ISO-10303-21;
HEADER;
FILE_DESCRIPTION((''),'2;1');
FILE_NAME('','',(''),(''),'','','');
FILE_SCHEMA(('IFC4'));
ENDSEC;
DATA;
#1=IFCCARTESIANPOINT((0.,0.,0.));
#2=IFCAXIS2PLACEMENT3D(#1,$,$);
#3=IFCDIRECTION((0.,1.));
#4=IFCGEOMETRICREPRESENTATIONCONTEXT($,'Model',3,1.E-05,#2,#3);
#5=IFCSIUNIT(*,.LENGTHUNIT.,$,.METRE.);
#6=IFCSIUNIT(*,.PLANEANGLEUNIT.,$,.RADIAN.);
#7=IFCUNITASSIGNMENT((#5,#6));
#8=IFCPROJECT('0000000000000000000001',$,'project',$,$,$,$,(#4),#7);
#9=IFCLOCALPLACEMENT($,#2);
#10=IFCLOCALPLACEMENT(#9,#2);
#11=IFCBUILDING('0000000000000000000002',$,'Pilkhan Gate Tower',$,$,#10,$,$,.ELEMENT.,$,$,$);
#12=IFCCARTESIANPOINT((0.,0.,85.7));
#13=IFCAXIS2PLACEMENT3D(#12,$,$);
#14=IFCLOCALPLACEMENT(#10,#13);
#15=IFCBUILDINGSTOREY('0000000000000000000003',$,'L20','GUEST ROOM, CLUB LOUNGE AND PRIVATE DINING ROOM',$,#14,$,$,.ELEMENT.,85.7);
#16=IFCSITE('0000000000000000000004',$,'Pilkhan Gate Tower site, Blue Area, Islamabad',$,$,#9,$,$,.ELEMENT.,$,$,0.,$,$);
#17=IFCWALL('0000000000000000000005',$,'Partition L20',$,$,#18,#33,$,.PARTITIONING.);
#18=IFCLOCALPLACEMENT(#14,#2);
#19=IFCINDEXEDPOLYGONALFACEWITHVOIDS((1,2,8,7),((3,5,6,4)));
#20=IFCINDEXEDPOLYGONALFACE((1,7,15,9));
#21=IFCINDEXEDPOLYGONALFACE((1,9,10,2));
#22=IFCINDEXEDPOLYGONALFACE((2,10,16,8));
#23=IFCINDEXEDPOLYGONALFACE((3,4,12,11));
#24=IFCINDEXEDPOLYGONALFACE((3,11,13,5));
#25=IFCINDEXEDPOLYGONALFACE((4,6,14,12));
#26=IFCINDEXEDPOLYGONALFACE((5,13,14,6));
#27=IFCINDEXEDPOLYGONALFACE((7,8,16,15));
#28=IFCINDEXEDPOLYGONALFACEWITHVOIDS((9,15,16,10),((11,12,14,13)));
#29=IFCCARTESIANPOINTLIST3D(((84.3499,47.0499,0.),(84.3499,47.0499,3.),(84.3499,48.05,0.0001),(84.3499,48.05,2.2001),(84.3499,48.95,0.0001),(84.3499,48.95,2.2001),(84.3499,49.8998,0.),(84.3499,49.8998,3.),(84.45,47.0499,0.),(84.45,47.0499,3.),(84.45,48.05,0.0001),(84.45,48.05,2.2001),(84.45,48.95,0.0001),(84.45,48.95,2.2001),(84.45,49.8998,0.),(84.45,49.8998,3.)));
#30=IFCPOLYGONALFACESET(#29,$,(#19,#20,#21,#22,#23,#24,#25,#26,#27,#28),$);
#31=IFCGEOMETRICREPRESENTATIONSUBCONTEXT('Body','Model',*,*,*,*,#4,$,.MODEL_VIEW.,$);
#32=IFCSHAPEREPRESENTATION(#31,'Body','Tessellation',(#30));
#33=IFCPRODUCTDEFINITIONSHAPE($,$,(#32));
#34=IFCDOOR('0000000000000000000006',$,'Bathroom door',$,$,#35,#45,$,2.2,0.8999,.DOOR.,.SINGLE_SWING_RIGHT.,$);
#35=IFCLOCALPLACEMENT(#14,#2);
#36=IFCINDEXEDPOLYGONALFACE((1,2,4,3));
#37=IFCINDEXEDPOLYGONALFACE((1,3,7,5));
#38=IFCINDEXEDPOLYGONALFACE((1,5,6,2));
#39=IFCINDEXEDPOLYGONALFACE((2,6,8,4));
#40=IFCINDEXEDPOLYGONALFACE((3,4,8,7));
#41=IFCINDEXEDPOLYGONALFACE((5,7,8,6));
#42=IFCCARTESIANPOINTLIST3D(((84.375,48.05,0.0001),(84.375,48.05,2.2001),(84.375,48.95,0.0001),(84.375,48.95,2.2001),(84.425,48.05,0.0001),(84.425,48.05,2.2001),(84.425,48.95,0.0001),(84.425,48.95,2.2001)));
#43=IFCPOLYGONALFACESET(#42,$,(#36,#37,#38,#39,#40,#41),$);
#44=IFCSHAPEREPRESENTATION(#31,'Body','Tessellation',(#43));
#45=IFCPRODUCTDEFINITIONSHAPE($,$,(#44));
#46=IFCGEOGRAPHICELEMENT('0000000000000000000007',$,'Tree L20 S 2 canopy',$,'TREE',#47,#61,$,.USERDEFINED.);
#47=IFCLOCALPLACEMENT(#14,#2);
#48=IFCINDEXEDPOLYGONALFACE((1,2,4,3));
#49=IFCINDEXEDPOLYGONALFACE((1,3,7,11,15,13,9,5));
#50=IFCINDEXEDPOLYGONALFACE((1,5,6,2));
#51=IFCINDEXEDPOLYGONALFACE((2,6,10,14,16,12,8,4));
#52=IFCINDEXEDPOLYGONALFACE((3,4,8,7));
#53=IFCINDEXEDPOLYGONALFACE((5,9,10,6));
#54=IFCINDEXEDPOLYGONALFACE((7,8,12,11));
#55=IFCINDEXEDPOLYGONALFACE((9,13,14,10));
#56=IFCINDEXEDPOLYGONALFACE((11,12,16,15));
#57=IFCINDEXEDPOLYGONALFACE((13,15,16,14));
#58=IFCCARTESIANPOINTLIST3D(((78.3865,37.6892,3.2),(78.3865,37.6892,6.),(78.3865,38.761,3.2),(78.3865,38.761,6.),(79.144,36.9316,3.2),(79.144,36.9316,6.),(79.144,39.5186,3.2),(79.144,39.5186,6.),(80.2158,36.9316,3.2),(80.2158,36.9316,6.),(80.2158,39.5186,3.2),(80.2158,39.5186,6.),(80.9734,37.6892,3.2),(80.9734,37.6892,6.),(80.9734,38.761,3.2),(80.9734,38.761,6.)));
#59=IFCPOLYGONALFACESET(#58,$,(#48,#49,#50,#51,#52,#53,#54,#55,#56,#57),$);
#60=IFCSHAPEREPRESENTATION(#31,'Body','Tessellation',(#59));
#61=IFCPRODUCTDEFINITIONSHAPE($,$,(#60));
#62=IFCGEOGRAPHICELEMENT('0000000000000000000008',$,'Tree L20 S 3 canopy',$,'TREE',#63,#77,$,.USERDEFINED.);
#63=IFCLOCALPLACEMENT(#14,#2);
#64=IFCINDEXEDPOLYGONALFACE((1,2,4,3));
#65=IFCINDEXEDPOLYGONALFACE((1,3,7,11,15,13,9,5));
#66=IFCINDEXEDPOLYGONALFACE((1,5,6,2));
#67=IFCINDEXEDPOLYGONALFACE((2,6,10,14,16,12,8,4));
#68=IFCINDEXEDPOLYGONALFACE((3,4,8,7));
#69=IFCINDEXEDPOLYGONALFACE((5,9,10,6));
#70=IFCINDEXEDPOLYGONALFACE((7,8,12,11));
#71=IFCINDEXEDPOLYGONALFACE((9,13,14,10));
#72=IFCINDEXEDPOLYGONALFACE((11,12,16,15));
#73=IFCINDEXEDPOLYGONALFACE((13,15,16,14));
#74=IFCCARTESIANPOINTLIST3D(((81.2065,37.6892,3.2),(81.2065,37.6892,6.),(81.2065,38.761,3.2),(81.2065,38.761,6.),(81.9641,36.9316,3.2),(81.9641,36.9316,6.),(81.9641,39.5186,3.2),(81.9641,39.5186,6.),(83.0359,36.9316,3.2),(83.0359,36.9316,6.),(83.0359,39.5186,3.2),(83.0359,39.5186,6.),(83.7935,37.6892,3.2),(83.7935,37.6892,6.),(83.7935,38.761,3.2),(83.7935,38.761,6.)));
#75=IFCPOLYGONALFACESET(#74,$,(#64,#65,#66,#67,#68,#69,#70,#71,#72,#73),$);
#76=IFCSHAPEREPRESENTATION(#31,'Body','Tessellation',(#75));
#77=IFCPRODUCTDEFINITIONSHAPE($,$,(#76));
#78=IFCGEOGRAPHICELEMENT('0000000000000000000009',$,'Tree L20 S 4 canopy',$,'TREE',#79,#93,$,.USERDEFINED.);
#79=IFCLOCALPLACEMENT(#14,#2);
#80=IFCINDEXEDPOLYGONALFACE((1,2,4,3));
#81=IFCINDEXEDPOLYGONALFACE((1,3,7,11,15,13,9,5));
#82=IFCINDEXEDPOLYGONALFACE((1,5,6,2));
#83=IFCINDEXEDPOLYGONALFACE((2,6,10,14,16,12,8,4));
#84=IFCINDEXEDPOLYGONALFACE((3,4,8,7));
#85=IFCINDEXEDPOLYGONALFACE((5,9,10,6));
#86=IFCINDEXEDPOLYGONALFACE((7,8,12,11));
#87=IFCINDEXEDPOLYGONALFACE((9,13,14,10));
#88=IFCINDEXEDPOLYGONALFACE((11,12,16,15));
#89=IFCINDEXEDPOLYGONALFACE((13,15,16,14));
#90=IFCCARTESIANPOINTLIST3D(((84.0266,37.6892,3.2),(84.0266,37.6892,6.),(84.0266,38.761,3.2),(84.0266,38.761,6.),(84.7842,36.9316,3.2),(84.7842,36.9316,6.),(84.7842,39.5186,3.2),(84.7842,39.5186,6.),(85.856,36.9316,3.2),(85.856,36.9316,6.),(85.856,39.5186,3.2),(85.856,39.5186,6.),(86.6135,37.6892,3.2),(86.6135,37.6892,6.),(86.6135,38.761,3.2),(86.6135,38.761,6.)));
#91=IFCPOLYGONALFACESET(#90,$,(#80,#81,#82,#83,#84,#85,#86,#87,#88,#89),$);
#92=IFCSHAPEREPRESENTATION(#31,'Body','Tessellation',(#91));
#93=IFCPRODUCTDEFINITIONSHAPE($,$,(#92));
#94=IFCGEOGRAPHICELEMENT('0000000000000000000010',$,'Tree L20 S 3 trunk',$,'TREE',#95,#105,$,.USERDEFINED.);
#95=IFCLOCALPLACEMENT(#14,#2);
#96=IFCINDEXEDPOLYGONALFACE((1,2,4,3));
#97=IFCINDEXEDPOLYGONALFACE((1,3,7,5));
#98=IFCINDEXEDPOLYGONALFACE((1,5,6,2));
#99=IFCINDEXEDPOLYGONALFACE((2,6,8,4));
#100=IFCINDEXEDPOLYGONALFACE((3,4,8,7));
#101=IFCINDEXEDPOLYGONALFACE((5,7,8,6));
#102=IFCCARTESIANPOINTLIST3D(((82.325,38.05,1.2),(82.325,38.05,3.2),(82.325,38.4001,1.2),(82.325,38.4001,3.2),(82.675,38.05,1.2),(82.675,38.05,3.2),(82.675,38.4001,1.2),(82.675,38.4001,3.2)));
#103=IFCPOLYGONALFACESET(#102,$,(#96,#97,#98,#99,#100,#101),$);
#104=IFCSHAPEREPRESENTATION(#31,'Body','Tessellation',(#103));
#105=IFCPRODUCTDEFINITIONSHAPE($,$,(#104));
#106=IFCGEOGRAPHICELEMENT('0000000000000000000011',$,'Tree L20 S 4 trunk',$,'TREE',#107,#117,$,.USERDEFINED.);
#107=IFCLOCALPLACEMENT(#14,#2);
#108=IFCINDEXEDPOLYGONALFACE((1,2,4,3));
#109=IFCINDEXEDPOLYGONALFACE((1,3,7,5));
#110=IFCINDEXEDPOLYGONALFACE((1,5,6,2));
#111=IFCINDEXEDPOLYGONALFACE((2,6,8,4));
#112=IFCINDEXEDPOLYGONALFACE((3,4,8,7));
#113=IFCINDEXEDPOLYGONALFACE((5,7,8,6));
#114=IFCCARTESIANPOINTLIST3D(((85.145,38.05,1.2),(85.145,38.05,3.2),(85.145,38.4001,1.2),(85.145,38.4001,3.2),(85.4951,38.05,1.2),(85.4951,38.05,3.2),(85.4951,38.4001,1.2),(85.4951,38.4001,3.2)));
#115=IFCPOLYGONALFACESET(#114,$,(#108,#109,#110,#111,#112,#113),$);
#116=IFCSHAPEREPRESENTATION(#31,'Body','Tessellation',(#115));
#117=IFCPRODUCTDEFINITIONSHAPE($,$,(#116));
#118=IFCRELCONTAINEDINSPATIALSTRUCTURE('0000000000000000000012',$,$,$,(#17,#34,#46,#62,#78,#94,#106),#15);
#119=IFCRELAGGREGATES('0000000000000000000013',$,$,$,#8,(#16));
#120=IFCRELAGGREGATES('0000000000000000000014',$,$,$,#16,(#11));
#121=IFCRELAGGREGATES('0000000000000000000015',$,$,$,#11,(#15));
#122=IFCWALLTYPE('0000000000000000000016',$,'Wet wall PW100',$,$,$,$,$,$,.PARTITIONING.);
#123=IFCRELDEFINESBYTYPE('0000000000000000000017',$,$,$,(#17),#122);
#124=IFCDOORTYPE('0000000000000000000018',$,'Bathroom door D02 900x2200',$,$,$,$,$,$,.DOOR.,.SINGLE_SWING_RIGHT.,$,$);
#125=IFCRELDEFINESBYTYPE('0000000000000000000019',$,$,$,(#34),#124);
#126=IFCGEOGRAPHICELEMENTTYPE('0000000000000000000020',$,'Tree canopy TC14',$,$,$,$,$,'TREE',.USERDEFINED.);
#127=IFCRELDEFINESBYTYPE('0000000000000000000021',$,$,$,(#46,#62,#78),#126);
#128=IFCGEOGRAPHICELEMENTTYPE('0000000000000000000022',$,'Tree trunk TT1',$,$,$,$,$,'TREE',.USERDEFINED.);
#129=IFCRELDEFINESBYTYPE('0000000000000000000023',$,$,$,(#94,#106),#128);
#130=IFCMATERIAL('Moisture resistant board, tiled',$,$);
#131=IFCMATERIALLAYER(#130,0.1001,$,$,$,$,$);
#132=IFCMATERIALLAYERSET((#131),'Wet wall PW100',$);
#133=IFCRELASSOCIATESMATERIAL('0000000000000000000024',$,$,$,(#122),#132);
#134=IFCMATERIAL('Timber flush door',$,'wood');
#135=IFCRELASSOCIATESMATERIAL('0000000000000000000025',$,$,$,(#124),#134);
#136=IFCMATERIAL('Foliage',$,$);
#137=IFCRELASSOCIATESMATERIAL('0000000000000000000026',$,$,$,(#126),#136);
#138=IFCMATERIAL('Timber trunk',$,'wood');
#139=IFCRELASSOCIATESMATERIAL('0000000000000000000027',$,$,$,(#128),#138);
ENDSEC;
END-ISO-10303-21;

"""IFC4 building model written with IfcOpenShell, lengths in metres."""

from ifc_helpers import new_model, si_unit, direction, frame, frame_2d, origin, origin_2d, place, context, subcontext, project, spatial, polyline, rectangle, outline, extrude, material, layer, layer_set, material_profile, profile_set, type_object, element, fill, save


model = new_model("IFC4")

# Units and contexts
model_context = context("Model", 3, precision=1e-05, world=origin(), true_north=direction((0.0, 1.0)))
body_context = subcontext(model_context, "Body", "Model", "MODEL_VIEW")
ifc_project = project(units=[si_unit("LENGTHUNIT", "METRE"), si_unit("PLANEANGLEUNIT", "RADIAN")], contexts=[model_context])

# Site, building, storey
site_placement = place(None, origin())
site = spatial("IfcSite", under=ifc_project, at=site_placement, Name="Pilkhan Gate Tower site, Blue Area, Islamabad", CompositionType="ELEMENT", RefElevation=0.0)
building_placement = place(site_placement, origin())
building = spatial("IfcBuilding", under=site, at=building_placement, Name="Pilkhan Gate Tower", CompositionType="ELEMENT")
storey_placement = place(building_placement, frame((0.0, 0.0, 85.7)))
storey = spatial("IfcBuildingStorey", under=building, at=storey_placement, Name="L20", Description="GUEST ROOM, CLUB LOUNGE AND PRIVATE DINING ROOM", CompositionType="ELEMENT", Elevation=85.7)

# Shared definitions
ifc_material_1 = material(Name="Moisture resistant board, tiled")
ifc_layer_1 = layer(ifc_material_1, 0.1001)
ifc_layer_set_1 = layer_set([ifc_layer_1], Name="Wet wall PW100")
wall_type_1 = type_object("IfcWallType", Name="Wet wall PW100", PredefinedType="PARTITIONING", material=ifc_layer_set_1)

# Shared definitions
ifc_material_2 = material(Name="Timber flush door", Category="wood")
door_type_1 = type_object("IfcDoorType", Name="Bathroom door D02 900x2200", OperationType="SINGLE_SWING_RIGHT", PredefinedType="DOOR", material=ifc_material_2)

# Wall, opening, door
wall_1_placement = place(storey_placement, frame((84.3999, 47.05, 0.0), z_axis=(0.0, 0.0, 1.0), x_axis=(0.0, 1.0, 0.0)))
wall_1 = element("IfcWall", 1, at=wall_1_placement, inside=storey, type_object=wall_type_1, Name="Partition L20", PredefinedType="PARTITIONING", context=body_context, shape_type="SweptSolid", body=[
    extrude(rectangle(XDim=2.8499, YDim=0.1001, at=frame_2d((1.4248, 0.0))), origin(), (0.0, 0.0, 1.0), 3.0),
])
opening_1_placement = place(wall_1_placement, frame((1.0, 0.0, 0.0)))
opening_1 = element("IfcOpeningElement", 2, at=opening_1_placement, cuts=wall_1, PredefinedType="OPENING", context=body_context, shape_type="SweptSolid", body=[
    extrude(rectangle(XDim=0.8999, YDim=2.2, at=frame_2d((0.45, 1.1001))), frame((0.0, 0.0601, 0.0), z_axis=(0.0, -1.0, 0.0), x_axis=(1.0, 0.0, 0.0)), (0.0, 0.0, 1.0), 0.1201),
])
door_1_placement = place(opening_1_placement, origin())
door_1 = element("IfcDoor", 3, at=door_1_placement, inside=storey, type_object=door_type_1, Name="Bathroom door", OperationType="SINGLE_SWING_RIGHT", OverallHeight=2.2, OverallWidth=0.8999, PredefinedType="DOOR", context=body_context, shape_type="SweptSolid", body=[
    extrude(rectangle(XDim=0.8999, YDim=2.2, at=frame_2d((0.45, 1.1001))), frame((0.0, 0.0249, 0.0), z_axis=(0.0, -1.0, 0.0), x_axis=(1.0, 0.0, 0.0)), (0.0, 0.0, 1.0), 0.05),
])
fill(opening_1, door_1)

# Geographic elements
ifc_material_3 = material(Name="Foliage")
ifc_material_profile_1 = material_profile(ifc_material_3, outline(polyline([(1.2935, 0.5359), (0.5359, 1.2935), (-0.5359, 1.2935), (-1.2935, 0.5359), (-1.2935, -0.5359), (-0.5359, -1.2935), (0.5359, -1.2935), (1.2935, -0.5359), (1.2935, 0.5359)])), Name="Canopy D2.8")
ifc_profile_set_1 = profile_set([ifc_material_profile_1], Name="Foliage")
geographic_element_type_1 = type_object("IfcGeographicElementType", Name="Tree canopy TC14", ElementType="TREE", PredefinedType="USERDEFINED", material=ifc_profile_set_1)
for number, where, z_axis, x_axis, name in (
    (4, (79.6799, 38.2251, 3.2), (0.0, 0.0, 1.0), (1.0, 0.0, 0.0), "Tree L20 S 2 canopy"),
    (5, (82.5, 38.2251, 3.2), (0.0, 0.0, 1.0), (1.0, 0.0, 0.0), "Tree L20 S 3 canopy"),
    (6, (85.3201, 38.2251, 3.2), (0.0, 0.0, 1.0), (1.0, 0.0, 0.0), "Tree L20 S 4 canopy"),
):
    element("IfcGeographicElement", number, at=place(storey_placement, frame(where, z_axis=z_axis, x_axis=x_axis)), inside=storey, type_object=geographic_element_type_1, Name=name, ObjectType="TREE", PredefinedType="USERDEFINED", context=body_context, shape_type="SweptSolid", body=[
        extrude(outline(polyline([(1.2935, 0.5359), (0.5359, 1.2935), (-0.5359, 1.2935), (-1.2935, 0.5359), (-1.2935, -0.5359), (-0.5359, -1.2935), (0.5359, -1.2935), (1.2935, -0.5359), (1.2935, 0.5359)])), origin(), (0.0, 0.0, 1.0), 2.8),
    ])
ifc_material_4 = material(Name="Timber trunk", Category="wood")
geographic_element_type_2 = type_object("IfcGeographicElementType", Name="Tree trunk TT1", ElementType="TREE", PredefinedType="USERDEFINED", material=ifc_material_4)
for number, where, z_axis, x_axis, name in (
    (7, (82.5, 38.2251, 1.2), (0.0, 0.0, 1.0), (1.0, 0.0, 0.0), "Tree L20 S 3 trunk"),
    (8, (85.3201, 38.2251, 1.2), (0.0, 0.0, 1.0), (1.0, 0.0, 0.0), "Tree L20 S 4 trunk"),
):
    element("IfcGeographicElement", number, at=place(storey_placement, frame(where, z_axis=z_axis, x_axis=x_axis)), inside=storey, type_object=geographic_element_type_2, Name=name, ObjectType="TREE", PredefinedType="USERDEFINED", context=body_context, shape_type="SweptSolid", body=[
        extrude(rectangle(XDim=0.3501, YDim=0.3501, at=origin_2d()), origin(), (0.0, 0.0, 1.0), 2.0),
    ])

save(model, "model.ifc")
